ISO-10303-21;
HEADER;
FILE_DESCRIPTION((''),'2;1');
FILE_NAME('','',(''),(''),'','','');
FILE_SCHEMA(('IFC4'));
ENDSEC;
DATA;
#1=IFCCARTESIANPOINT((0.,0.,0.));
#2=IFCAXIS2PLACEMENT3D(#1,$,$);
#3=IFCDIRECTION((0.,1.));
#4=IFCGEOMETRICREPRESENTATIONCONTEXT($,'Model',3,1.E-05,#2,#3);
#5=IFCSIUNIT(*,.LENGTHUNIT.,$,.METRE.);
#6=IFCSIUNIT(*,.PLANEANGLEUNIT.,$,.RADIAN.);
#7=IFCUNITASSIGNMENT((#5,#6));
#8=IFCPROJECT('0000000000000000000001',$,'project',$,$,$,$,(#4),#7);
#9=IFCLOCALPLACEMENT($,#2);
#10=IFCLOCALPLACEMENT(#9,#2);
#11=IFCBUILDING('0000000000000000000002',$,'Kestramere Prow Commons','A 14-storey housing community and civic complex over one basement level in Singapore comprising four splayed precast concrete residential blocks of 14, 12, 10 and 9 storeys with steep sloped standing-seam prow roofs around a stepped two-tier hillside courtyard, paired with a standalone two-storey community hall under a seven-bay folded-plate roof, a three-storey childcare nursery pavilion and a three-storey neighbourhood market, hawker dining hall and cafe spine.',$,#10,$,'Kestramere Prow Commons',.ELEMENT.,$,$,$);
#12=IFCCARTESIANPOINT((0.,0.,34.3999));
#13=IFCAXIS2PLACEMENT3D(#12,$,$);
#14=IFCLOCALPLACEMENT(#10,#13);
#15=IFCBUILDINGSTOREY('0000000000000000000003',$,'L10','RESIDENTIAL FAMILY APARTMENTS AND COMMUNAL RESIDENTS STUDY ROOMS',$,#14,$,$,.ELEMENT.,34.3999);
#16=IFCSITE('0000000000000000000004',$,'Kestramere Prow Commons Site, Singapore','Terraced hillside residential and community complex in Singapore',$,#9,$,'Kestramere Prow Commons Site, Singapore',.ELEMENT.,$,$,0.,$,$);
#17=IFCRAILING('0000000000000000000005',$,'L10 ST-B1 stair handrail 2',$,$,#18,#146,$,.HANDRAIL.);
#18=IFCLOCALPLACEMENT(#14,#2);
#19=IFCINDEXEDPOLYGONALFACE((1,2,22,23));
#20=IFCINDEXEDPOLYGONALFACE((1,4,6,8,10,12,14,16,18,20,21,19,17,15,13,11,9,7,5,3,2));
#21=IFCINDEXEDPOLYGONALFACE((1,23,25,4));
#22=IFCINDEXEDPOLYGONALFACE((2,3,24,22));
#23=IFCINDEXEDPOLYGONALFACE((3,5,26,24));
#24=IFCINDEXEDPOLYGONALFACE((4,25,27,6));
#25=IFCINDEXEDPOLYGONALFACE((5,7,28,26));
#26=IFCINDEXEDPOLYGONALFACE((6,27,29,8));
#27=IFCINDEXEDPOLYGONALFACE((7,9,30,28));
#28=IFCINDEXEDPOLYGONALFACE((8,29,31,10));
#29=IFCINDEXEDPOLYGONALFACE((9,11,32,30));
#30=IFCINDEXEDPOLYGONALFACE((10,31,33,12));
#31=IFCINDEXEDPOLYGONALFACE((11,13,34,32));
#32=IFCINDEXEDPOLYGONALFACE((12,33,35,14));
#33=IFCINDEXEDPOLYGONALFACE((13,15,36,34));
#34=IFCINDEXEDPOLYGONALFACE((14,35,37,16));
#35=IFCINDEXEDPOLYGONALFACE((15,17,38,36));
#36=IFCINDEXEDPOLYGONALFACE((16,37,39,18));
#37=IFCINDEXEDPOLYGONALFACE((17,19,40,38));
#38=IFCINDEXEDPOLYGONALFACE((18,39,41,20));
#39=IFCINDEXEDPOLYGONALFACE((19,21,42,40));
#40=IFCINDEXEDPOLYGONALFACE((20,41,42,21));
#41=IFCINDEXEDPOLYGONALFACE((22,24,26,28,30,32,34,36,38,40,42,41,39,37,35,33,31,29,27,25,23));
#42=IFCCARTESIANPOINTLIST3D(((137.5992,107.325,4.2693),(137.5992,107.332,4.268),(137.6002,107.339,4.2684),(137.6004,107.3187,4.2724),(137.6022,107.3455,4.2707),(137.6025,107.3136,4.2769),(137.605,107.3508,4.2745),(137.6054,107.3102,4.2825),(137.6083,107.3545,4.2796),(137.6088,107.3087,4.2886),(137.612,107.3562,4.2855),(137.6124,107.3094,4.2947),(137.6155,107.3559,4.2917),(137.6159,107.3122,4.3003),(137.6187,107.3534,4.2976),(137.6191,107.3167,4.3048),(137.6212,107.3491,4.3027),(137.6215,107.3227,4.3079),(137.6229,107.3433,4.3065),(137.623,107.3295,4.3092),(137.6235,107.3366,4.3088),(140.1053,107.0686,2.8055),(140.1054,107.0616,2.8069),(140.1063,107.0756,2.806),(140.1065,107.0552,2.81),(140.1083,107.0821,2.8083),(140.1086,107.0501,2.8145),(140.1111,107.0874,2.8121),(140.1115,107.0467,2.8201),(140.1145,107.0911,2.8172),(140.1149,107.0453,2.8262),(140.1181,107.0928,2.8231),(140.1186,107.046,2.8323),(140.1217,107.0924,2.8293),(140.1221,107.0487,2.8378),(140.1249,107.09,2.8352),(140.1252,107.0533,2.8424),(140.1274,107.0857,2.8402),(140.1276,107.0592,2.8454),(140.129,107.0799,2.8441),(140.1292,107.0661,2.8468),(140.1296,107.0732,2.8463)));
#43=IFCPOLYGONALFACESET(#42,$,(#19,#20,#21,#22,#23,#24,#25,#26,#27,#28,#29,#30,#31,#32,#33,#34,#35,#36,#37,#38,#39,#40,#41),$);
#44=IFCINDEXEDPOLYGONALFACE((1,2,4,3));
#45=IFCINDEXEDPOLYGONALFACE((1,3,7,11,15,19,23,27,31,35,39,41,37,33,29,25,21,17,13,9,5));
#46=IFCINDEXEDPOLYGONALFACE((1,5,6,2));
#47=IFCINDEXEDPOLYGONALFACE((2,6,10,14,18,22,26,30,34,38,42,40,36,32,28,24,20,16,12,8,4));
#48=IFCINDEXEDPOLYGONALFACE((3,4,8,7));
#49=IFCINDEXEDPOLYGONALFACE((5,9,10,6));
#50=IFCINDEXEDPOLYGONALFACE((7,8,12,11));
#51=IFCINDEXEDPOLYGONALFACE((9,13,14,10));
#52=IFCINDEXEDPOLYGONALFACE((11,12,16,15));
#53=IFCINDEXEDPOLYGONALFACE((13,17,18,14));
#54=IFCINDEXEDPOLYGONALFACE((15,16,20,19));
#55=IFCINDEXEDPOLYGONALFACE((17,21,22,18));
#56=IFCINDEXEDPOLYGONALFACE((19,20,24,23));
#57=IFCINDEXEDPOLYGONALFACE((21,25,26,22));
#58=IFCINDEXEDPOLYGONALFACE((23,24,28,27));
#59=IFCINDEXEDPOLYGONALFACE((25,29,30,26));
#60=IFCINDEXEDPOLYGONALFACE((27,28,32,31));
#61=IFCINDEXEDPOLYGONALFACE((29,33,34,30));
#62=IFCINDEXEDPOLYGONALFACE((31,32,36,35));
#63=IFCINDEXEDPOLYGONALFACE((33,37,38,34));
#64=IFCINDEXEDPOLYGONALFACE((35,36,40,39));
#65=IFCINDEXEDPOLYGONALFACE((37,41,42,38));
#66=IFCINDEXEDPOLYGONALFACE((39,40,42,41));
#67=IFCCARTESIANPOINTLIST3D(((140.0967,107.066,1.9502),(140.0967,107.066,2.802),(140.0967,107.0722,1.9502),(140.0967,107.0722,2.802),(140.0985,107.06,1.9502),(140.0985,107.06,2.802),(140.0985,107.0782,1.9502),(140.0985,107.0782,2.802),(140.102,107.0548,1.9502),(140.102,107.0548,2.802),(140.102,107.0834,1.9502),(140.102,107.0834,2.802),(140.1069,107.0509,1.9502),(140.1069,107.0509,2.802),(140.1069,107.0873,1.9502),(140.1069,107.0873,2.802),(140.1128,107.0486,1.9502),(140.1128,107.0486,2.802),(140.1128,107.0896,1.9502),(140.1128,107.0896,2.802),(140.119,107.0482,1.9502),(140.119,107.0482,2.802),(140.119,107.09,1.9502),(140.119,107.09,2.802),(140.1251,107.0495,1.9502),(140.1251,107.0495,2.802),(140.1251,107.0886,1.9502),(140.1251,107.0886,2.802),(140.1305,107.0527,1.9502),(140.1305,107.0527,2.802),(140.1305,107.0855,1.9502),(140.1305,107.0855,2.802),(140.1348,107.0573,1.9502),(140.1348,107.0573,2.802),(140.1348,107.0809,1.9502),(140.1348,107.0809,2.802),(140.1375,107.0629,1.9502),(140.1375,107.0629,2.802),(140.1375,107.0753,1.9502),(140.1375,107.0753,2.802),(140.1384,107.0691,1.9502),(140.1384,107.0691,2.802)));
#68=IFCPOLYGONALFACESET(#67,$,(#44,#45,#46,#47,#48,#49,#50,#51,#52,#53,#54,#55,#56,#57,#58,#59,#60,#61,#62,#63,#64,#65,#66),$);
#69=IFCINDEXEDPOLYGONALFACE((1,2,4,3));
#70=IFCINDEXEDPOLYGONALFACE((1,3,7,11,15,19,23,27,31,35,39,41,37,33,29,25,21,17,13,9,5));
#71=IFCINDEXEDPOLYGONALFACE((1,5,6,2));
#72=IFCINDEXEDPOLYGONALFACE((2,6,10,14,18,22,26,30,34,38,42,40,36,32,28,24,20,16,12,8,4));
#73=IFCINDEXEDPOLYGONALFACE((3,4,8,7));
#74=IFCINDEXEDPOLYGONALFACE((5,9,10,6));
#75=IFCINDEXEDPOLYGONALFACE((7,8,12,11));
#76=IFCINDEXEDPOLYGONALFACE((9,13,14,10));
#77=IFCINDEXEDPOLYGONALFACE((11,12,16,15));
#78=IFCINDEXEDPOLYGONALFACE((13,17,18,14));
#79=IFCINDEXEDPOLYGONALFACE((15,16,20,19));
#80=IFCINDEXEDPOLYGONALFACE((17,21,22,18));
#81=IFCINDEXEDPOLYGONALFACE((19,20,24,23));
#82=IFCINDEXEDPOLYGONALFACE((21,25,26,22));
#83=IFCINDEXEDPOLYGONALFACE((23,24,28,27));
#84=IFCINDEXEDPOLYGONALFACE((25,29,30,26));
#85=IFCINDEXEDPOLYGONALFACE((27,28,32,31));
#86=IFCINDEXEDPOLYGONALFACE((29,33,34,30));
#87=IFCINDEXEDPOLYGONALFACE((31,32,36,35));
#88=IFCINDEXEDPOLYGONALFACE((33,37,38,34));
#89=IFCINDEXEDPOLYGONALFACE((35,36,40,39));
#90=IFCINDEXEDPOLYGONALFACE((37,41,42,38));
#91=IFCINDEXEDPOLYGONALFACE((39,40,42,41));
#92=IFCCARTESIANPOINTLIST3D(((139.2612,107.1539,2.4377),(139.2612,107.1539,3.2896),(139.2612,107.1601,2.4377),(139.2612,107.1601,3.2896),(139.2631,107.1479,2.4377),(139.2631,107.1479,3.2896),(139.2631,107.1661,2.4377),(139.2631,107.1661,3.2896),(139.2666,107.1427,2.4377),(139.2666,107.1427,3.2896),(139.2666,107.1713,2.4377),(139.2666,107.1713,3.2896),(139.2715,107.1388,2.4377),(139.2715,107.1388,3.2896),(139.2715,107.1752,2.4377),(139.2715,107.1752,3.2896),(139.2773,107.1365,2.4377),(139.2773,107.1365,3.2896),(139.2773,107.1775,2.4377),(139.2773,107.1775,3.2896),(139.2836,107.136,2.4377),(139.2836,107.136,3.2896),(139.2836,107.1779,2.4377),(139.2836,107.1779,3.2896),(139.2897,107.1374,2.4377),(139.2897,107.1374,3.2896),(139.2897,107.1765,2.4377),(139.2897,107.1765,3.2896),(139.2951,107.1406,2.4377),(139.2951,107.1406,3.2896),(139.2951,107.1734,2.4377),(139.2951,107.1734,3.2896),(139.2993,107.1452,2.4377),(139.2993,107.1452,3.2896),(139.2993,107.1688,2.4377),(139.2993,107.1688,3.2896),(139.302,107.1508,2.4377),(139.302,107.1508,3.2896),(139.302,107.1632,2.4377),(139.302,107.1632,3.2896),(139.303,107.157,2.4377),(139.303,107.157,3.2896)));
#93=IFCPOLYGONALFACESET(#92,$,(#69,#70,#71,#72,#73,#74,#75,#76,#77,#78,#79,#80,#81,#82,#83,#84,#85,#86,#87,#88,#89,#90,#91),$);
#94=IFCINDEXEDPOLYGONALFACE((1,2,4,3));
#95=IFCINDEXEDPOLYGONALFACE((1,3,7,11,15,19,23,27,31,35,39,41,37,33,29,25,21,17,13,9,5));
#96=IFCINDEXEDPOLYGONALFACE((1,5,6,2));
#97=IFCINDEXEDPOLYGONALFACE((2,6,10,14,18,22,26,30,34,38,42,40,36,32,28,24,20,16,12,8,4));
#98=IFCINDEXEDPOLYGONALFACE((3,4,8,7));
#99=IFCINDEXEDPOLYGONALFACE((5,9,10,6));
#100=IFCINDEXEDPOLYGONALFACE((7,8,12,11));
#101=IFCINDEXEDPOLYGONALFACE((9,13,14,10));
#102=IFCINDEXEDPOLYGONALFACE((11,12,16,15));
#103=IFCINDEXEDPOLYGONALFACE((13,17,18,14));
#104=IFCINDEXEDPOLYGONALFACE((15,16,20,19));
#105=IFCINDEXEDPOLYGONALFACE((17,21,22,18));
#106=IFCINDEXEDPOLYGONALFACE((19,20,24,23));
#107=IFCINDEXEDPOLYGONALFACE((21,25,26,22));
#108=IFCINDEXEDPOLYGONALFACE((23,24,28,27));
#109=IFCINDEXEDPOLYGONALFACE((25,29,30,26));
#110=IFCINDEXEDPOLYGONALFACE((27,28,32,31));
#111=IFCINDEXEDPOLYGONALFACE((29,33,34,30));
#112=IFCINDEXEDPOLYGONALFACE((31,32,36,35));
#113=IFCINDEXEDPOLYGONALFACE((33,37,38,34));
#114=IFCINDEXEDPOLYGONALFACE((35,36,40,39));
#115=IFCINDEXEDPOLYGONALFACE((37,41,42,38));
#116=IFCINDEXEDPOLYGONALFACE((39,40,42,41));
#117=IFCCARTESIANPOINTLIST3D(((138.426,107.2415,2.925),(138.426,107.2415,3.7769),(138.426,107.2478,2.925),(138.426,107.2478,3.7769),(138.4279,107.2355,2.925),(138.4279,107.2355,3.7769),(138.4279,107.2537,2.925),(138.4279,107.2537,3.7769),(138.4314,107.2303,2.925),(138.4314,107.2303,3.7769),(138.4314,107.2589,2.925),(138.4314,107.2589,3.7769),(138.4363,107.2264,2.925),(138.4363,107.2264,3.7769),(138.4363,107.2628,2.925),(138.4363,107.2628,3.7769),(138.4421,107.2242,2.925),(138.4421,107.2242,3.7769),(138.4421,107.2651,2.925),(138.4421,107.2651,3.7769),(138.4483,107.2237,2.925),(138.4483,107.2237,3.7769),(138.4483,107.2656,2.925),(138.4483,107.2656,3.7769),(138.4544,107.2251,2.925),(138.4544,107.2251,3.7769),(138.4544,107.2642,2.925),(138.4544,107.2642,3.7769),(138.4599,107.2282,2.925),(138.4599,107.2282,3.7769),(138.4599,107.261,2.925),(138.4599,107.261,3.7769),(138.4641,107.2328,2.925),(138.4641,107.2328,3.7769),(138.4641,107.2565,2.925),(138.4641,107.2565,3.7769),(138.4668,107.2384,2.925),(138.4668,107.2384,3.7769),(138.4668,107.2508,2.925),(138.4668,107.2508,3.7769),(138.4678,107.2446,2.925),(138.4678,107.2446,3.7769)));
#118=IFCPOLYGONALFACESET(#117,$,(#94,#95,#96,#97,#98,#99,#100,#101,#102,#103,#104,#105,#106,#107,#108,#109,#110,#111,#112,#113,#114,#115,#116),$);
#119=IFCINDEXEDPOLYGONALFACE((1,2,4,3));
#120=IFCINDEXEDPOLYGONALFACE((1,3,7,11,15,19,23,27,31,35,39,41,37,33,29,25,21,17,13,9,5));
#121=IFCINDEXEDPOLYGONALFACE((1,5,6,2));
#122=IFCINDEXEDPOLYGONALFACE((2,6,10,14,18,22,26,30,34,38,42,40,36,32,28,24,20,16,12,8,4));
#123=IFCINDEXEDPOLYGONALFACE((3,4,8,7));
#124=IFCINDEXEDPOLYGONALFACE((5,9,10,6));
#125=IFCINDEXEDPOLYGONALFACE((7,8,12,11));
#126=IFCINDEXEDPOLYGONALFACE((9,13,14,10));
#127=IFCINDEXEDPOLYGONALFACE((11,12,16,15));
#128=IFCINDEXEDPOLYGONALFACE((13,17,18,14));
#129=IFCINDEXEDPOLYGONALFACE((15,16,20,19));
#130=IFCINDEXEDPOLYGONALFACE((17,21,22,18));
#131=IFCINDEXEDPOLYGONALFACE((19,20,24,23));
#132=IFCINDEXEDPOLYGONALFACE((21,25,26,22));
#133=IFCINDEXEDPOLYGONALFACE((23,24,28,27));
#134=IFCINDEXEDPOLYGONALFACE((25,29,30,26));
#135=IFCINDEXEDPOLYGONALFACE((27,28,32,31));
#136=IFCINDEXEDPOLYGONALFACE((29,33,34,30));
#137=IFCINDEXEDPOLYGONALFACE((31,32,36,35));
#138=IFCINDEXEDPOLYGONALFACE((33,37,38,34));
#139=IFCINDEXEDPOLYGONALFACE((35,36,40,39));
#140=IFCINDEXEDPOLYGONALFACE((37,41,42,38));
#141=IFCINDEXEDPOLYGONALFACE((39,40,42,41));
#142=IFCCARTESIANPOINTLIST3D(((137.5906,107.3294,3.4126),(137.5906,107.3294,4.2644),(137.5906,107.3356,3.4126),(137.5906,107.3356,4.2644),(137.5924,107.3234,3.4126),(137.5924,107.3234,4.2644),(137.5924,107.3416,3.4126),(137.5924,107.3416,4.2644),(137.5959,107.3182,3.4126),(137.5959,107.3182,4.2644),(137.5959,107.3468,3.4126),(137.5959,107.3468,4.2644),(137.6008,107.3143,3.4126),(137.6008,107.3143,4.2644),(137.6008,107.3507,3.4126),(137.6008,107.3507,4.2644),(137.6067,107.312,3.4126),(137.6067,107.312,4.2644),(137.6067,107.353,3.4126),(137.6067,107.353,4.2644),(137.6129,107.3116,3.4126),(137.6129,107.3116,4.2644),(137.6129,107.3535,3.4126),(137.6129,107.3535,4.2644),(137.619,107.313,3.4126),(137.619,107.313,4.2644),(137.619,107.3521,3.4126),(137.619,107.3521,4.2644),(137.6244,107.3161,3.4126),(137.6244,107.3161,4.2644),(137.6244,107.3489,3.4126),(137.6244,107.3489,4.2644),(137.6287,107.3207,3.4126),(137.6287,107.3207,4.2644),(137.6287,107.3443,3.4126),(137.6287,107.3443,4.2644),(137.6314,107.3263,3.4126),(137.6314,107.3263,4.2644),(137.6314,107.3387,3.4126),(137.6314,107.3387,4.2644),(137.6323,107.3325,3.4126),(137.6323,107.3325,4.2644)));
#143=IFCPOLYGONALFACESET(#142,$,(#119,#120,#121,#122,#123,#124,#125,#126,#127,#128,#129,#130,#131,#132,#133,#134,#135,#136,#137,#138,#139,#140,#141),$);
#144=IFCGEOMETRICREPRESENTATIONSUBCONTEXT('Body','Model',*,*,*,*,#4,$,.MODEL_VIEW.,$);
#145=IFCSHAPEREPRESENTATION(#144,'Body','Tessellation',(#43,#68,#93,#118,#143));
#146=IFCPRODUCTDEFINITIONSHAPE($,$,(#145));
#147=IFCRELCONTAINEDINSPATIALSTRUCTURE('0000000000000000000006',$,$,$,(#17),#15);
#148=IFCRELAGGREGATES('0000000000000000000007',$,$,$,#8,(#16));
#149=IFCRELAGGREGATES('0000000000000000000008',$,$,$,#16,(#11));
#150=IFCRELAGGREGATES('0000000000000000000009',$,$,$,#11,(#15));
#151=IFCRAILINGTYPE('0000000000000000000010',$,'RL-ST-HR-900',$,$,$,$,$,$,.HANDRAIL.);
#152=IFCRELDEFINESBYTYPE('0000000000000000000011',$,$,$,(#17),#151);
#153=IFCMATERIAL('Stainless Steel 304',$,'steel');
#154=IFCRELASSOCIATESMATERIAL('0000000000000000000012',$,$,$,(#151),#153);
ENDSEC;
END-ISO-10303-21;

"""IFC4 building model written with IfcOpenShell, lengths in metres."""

from ifc_helpers import new_model, si_unit, direction, frame, origin, origin_2d, place, context, subcontext, project, spatial, circle, extrude, material, type_object, element, save


model = new_model("IFC4")

# Units and contexts
model_context = context("Model", 3, precision=1e-05, world=origin(), true_north=direction((0.0, 1.0)))
body_context = subcontext(model_context, "Body", "Model", "MODEL_VIEW")
ifc_project = project(units=[si_unit("LENGTHUNIT", "METRE"), si_unit("PLANEANGLEUNIT", "RADIAN")], contexts=[model_context])

# Site, building, storey
site_placement = place(None, origin())
site = spatial("IfcSite", under=ifc_project, at=site_placement, Name="Kestramere Prow Commons Site, Singapore", Description="Terraced hillside residential and community complex in Singapore", LongName="Kestramere Prow Commons Site, Singapore", CompositionType="ELEMENT", RefElevation=0.0)
building_placement = place(site_placement, origin())
building = spatial("IfcBuilding", under=site, at=building_placement, Name="Kestramere Prow Commons", Description="A 14-storey housing community and civic complex over one basement level in Singapore comprising four splayed precast concrete residential blocks of 14, 12, 10 and 9 storeys with steep sloped standing-seam prow roofs around a stepped two-tier hillside courtyard, paired with a standalone two-storey community hall under a seven-bay folded-plate roof, a three-storey childcare nursery pavilion and a three-storey neighbourhood market, hawker dining hall and cafe spine.", LongName="Kestramere Prow Commons", CompositionType="ELEMENT")
storey_placement = place(building_placement, frame((0.0, 0.0, 34.3999)))
storey = spatial("IfcBuildingStorey", under=building, at=storey_placement, Name="L10", Description="RESIDENTIAL FAMILY APARTMENTS AND COMMUNAL RESIDENTS STUDY ROOMS", CompositionType="ELEMENT", Elevation=34.3999)

# Railing
ifc_material_1 = material(Name="Stainless Steel 304", Category="steel")
railing_type_1 = type_object("IfcRailingType", Name="RL-ST-HR-900", PredefinedType="HANDRAIL", material=ifc_material_1)
railing_1_placement = place(storey_placement, frame((140.1174, 107.0691, 1.9502)))
element("IfcRailing", 1, at=railing_1_placement, inside=storey, type_object=railing_type_1, Name="L10 ST-B1 stair handrail 2", PredefinedType="HANDRAIL", context=body_context, shape_type="SweptSolid", body=[
    extrude(circle(Radius=0.0239, at=origin_2d()), frame((0.0, 0.0, 0.876), z_axis=(-0.860165, 0.090416, 0.501937), x_axis=(-0.104539, -0.994521, 0.0)), (0.0, 0.0, 1.0), 2.9136),
    extrude(circle(Radius=0.021, at=origin_2d()), origin(), (0.0, 0.0, 1.0), 0.8518),
    extrude(circle(Radius=0.021, at=origin_2d()), frame((-0.8354, 0.0879, 0.4875)), (0.0, 0.0, 1.0), 0.8518),
    extrude(circle(Radius=0.021, at=origin_2d()), frame((-1.6707, 0.1755, 0.9749)), (0.0, 0.0, 1.0), 0.8518),
    extrude(circle(Radius=0.021, at=origin_2d()), frame((-2.5061, 0.2634, 1.4624)), (0.0, 0.0, 1.0), 0.8518),
])

save(model, "model.ifc")
